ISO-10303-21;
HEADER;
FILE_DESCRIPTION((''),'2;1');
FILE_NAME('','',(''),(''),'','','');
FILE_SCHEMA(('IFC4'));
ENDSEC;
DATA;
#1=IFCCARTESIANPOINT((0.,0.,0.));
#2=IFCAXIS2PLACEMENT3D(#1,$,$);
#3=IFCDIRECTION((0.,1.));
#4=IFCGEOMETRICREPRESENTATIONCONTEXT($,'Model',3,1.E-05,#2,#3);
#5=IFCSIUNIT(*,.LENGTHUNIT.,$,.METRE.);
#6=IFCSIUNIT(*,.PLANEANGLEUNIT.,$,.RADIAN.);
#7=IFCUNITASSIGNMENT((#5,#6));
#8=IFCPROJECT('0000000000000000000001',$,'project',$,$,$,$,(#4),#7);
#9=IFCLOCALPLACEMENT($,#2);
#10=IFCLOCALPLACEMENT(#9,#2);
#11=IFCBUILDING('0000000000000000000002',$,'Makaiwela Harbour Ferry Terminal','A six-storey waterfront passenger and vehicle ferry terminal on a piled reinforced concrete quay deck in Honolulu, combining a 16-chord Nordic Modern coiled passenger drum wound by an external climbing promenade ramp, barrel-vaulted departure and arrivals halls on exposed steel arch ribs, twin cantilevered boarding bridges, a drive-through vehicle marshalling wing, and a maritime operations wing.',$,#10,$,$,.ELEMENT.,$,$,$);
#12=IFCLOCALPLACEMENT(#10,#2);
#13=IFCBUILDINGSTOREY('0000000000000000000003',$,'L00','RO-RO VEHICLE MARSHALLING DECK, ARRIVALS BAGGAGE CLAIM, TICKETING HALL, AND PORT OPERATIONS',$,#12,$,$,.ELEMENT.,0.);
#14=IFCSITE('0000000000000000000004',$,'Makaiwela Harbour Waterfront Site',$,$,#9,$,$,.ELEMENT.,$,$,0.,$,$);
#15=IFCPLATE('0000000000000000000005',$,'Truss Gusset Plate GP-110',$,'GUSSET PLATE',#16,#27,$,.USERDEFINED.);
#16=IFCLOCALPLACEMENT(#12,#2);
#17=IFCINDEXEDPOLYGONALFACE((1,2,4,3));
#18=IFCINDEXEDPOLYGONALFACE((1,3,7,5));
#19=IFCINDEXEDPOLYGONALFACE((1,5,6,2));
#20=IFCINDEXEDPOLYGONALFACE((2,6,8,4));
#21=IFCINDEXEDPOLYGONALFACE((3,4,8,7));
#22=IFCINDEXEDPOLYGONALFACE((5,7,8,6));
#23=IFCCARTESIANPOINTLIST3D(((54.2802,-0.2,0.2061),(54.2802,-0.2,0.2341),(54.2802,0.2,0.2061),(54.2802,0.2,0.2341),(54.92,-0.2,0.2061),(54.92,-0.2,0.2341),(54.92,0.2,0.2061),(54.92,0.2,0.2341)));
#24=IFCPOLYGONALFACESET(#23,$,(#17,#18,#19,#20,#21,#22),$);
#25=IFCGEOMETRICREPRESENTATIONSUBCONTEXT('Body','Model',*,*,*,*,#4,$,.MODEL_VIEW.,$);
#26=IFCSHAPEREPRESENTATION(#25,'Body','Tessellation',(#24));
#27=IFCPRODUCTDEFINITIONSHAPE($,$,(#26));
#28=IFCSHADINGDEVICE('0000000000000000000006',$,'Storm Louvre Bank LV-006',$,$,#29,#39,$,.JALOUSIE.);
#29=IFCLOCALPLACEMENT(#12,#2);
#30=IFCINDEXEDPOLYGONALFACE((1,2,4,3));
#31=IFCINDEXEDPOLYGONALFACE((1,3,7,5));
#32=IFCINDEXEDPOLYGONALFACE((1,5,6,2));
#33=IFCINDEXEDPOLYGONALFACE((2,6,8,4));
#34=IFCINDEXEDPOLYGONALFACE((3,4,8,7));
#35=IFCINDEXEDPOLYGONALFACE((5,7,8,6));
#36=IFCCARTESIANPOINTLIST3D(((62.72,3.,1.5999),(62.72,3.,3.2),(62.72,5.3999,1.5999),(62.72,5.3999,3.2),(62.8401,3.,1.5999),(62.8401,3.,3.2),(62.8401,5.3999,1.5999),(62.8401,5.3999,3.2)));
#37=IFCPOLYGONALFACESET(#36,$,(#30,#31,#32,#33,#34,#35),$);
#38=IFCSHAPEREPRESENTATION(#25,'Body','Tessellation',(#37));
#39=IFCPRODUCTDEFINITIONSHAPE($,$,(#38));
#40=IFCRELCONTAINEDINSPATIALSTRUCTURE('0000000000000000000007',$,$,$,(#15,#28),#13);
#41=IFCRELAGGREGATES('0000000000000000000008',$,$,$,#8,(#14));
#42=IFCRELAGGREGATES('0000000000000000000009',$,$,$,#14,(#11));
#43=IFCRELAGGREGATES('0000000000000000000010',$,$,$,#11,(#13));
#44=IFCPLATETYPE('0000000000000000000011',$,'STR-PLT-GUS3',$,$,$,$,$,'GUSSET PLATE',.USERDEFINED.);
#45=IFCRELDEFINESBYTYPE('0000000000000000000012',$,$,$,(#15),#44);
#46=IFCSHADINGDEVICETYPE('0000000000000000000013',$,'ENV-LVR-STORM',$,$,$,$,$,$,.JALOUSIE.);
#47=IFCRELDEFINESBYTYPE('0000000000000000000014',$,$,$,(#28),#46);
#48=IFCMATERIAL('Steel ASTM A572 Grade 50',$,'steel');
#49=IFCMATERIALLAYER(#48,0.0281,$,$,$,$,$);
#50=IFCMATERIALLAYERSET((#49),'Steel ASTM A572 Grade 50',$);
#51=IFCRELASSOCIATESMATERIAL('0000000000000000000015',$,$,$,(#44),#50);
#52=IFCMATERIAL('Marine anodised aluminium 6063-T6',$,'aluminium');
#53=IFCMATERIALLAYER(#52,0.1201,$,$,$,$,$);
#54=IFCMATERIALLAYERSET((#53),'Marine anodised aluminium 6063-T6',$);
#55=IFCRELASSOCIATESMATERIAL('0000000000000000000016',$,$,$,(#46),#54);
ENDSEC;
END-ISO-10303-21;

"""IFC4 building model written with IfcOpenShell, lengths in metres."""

from ifc_helpers import new_model, si_unit, direction, frame, origin, origin_2d, place, context, subcontext, project, spatial, rectangle, extrude, material, layer, layer_set, type_object, element, save


model = new_model("IFC4")

# Units and contexts
model_context = context("Model", 3, precision=1e-05, world=origin(), true_north=direction((0.0, 1.0)))
body_context = subcontext(model_context, "Body", "Model", "MODEL_VIEW")
ifc_project = project(units=[si_unit("LENGTHUNIT", "METRE"), si_unit("PLANEANGLEUNIT", "RADIAN")], contexts=[model_context])

# Site, building, storey
site_placement = place(None, origin())
site = spatial("IfcSite", under=ifc_project, at=site_placement, Name="Makaiwela Harbour Waterfront Site", CompositionType="ELEMENT", RefElevation=0.0)
building_placement = place(site_placement, origin())
building = spatial("IfcBuilding", under=site, at=building_placement, Name="Makaiwela Harbour Ferry Terminal", Description="A six-storey waterfront passenger and vehicle ferry terminal on a piled reinforced concrete quay deck in Honolulu, combining a 16-chord Nordic Modern coiled passenger drum wound by an external climbing promenade ramp, barrel-vaulted departure and arrivals halls on exposed steel arch ribs, twin cantilevered boarding bridges, a drive-through vehicle marshalling wing, and a maritime operations wing.", CompositionType="ELEMENT")
storey_placement = place(building_placement, origin())
storey = spatial("IfcBuildingStorey", under=building, at=storey_placement, Name="L00", Description="RO-RO VEHICLE MARSHALLING DECK, ARRIVALS BAGGAGE CLAIM, TICKETING HALL, AND PORT OPERATIONS", CompositionType="ELEMENT", Elevation=0.0)

# Plate
ifc_material_1 = material(Name="Steel ASTM A572 Grade 50", Category="steel")
ifc_layer_1 = layer(ifc_material_1, 0.0281)
ifc_layer_set_1 = layer_set([ifc_layer_1], Name="Steel ASTM A572 Grade 50")
plate_type = type_object("IfcPlateType", Name="STR-PLT-GUS3", ElementType="GUSSET PLATE", PredefinedType="USERDEFINED", material=ifc_layer_set_1)
for number, where, z_axis, x_axis, name in (
    (1, (54.6001, 0.0, 0.2061), (0.0, 0.0, 1.0), (1.0, 0.0, 0.0), "Truss Gusset Plate GP-110"),
):
    element("IfcPlate", number, at=place(storey_placement, frame(where, z_axis=z_axis, x_axis=x_axis)), inside=storey, type_object=plate_type, Name=name, ObjectType="GUSSET PLATE", PredefinedType="USERDEFINED", context=body_context, shape_type="SweptSolid", body=[
        extrude(rectangle(XDim=0.6399, YDim=0.3999, at=origin_2d()), origin(), (0.0, 0.0, 1.0), 0.0281),
    ])

# Shading device
ifc_material_2 = material(Name="Marine anodised aluminium 6063-T6", Category="aluminium")
ifc_layer_2 = layer(ifc_material_2, 0.1201)
ifc_layer_set_2 = layer_set([ifc_layer_2], Name="Marine anodised aluminium 6063-T6")
shading_device_type = type_object("IfcShadingDeviceType", Name="ENV-LVR-STORM", PredefinedType="JALOUSIE", material=ifc_layer_set_2)
shading_device_placement = place(storey_placement, frame((62.78, 4.2, 1.5999), z_axis=(0.0, 0.0, 1.0), x_axis=(0.0, 1.0, 0.0)))
element("IfcShadingDevice", 2, at=shading_device_placement, inside=storey, type_object=shading_device_type, Name="Storm Louvre Bank LV-006", PredefinedType="JALOUSIE", context=body_context, shape_type="SweptSolid", body=[
    extrude(rectangle(XDim=2.3999, YDim=0.1201, at=origin_2d()), origin(), (0.0, 0.0, 1.0), 1.6001),
])

save(model, "model.ifc")
